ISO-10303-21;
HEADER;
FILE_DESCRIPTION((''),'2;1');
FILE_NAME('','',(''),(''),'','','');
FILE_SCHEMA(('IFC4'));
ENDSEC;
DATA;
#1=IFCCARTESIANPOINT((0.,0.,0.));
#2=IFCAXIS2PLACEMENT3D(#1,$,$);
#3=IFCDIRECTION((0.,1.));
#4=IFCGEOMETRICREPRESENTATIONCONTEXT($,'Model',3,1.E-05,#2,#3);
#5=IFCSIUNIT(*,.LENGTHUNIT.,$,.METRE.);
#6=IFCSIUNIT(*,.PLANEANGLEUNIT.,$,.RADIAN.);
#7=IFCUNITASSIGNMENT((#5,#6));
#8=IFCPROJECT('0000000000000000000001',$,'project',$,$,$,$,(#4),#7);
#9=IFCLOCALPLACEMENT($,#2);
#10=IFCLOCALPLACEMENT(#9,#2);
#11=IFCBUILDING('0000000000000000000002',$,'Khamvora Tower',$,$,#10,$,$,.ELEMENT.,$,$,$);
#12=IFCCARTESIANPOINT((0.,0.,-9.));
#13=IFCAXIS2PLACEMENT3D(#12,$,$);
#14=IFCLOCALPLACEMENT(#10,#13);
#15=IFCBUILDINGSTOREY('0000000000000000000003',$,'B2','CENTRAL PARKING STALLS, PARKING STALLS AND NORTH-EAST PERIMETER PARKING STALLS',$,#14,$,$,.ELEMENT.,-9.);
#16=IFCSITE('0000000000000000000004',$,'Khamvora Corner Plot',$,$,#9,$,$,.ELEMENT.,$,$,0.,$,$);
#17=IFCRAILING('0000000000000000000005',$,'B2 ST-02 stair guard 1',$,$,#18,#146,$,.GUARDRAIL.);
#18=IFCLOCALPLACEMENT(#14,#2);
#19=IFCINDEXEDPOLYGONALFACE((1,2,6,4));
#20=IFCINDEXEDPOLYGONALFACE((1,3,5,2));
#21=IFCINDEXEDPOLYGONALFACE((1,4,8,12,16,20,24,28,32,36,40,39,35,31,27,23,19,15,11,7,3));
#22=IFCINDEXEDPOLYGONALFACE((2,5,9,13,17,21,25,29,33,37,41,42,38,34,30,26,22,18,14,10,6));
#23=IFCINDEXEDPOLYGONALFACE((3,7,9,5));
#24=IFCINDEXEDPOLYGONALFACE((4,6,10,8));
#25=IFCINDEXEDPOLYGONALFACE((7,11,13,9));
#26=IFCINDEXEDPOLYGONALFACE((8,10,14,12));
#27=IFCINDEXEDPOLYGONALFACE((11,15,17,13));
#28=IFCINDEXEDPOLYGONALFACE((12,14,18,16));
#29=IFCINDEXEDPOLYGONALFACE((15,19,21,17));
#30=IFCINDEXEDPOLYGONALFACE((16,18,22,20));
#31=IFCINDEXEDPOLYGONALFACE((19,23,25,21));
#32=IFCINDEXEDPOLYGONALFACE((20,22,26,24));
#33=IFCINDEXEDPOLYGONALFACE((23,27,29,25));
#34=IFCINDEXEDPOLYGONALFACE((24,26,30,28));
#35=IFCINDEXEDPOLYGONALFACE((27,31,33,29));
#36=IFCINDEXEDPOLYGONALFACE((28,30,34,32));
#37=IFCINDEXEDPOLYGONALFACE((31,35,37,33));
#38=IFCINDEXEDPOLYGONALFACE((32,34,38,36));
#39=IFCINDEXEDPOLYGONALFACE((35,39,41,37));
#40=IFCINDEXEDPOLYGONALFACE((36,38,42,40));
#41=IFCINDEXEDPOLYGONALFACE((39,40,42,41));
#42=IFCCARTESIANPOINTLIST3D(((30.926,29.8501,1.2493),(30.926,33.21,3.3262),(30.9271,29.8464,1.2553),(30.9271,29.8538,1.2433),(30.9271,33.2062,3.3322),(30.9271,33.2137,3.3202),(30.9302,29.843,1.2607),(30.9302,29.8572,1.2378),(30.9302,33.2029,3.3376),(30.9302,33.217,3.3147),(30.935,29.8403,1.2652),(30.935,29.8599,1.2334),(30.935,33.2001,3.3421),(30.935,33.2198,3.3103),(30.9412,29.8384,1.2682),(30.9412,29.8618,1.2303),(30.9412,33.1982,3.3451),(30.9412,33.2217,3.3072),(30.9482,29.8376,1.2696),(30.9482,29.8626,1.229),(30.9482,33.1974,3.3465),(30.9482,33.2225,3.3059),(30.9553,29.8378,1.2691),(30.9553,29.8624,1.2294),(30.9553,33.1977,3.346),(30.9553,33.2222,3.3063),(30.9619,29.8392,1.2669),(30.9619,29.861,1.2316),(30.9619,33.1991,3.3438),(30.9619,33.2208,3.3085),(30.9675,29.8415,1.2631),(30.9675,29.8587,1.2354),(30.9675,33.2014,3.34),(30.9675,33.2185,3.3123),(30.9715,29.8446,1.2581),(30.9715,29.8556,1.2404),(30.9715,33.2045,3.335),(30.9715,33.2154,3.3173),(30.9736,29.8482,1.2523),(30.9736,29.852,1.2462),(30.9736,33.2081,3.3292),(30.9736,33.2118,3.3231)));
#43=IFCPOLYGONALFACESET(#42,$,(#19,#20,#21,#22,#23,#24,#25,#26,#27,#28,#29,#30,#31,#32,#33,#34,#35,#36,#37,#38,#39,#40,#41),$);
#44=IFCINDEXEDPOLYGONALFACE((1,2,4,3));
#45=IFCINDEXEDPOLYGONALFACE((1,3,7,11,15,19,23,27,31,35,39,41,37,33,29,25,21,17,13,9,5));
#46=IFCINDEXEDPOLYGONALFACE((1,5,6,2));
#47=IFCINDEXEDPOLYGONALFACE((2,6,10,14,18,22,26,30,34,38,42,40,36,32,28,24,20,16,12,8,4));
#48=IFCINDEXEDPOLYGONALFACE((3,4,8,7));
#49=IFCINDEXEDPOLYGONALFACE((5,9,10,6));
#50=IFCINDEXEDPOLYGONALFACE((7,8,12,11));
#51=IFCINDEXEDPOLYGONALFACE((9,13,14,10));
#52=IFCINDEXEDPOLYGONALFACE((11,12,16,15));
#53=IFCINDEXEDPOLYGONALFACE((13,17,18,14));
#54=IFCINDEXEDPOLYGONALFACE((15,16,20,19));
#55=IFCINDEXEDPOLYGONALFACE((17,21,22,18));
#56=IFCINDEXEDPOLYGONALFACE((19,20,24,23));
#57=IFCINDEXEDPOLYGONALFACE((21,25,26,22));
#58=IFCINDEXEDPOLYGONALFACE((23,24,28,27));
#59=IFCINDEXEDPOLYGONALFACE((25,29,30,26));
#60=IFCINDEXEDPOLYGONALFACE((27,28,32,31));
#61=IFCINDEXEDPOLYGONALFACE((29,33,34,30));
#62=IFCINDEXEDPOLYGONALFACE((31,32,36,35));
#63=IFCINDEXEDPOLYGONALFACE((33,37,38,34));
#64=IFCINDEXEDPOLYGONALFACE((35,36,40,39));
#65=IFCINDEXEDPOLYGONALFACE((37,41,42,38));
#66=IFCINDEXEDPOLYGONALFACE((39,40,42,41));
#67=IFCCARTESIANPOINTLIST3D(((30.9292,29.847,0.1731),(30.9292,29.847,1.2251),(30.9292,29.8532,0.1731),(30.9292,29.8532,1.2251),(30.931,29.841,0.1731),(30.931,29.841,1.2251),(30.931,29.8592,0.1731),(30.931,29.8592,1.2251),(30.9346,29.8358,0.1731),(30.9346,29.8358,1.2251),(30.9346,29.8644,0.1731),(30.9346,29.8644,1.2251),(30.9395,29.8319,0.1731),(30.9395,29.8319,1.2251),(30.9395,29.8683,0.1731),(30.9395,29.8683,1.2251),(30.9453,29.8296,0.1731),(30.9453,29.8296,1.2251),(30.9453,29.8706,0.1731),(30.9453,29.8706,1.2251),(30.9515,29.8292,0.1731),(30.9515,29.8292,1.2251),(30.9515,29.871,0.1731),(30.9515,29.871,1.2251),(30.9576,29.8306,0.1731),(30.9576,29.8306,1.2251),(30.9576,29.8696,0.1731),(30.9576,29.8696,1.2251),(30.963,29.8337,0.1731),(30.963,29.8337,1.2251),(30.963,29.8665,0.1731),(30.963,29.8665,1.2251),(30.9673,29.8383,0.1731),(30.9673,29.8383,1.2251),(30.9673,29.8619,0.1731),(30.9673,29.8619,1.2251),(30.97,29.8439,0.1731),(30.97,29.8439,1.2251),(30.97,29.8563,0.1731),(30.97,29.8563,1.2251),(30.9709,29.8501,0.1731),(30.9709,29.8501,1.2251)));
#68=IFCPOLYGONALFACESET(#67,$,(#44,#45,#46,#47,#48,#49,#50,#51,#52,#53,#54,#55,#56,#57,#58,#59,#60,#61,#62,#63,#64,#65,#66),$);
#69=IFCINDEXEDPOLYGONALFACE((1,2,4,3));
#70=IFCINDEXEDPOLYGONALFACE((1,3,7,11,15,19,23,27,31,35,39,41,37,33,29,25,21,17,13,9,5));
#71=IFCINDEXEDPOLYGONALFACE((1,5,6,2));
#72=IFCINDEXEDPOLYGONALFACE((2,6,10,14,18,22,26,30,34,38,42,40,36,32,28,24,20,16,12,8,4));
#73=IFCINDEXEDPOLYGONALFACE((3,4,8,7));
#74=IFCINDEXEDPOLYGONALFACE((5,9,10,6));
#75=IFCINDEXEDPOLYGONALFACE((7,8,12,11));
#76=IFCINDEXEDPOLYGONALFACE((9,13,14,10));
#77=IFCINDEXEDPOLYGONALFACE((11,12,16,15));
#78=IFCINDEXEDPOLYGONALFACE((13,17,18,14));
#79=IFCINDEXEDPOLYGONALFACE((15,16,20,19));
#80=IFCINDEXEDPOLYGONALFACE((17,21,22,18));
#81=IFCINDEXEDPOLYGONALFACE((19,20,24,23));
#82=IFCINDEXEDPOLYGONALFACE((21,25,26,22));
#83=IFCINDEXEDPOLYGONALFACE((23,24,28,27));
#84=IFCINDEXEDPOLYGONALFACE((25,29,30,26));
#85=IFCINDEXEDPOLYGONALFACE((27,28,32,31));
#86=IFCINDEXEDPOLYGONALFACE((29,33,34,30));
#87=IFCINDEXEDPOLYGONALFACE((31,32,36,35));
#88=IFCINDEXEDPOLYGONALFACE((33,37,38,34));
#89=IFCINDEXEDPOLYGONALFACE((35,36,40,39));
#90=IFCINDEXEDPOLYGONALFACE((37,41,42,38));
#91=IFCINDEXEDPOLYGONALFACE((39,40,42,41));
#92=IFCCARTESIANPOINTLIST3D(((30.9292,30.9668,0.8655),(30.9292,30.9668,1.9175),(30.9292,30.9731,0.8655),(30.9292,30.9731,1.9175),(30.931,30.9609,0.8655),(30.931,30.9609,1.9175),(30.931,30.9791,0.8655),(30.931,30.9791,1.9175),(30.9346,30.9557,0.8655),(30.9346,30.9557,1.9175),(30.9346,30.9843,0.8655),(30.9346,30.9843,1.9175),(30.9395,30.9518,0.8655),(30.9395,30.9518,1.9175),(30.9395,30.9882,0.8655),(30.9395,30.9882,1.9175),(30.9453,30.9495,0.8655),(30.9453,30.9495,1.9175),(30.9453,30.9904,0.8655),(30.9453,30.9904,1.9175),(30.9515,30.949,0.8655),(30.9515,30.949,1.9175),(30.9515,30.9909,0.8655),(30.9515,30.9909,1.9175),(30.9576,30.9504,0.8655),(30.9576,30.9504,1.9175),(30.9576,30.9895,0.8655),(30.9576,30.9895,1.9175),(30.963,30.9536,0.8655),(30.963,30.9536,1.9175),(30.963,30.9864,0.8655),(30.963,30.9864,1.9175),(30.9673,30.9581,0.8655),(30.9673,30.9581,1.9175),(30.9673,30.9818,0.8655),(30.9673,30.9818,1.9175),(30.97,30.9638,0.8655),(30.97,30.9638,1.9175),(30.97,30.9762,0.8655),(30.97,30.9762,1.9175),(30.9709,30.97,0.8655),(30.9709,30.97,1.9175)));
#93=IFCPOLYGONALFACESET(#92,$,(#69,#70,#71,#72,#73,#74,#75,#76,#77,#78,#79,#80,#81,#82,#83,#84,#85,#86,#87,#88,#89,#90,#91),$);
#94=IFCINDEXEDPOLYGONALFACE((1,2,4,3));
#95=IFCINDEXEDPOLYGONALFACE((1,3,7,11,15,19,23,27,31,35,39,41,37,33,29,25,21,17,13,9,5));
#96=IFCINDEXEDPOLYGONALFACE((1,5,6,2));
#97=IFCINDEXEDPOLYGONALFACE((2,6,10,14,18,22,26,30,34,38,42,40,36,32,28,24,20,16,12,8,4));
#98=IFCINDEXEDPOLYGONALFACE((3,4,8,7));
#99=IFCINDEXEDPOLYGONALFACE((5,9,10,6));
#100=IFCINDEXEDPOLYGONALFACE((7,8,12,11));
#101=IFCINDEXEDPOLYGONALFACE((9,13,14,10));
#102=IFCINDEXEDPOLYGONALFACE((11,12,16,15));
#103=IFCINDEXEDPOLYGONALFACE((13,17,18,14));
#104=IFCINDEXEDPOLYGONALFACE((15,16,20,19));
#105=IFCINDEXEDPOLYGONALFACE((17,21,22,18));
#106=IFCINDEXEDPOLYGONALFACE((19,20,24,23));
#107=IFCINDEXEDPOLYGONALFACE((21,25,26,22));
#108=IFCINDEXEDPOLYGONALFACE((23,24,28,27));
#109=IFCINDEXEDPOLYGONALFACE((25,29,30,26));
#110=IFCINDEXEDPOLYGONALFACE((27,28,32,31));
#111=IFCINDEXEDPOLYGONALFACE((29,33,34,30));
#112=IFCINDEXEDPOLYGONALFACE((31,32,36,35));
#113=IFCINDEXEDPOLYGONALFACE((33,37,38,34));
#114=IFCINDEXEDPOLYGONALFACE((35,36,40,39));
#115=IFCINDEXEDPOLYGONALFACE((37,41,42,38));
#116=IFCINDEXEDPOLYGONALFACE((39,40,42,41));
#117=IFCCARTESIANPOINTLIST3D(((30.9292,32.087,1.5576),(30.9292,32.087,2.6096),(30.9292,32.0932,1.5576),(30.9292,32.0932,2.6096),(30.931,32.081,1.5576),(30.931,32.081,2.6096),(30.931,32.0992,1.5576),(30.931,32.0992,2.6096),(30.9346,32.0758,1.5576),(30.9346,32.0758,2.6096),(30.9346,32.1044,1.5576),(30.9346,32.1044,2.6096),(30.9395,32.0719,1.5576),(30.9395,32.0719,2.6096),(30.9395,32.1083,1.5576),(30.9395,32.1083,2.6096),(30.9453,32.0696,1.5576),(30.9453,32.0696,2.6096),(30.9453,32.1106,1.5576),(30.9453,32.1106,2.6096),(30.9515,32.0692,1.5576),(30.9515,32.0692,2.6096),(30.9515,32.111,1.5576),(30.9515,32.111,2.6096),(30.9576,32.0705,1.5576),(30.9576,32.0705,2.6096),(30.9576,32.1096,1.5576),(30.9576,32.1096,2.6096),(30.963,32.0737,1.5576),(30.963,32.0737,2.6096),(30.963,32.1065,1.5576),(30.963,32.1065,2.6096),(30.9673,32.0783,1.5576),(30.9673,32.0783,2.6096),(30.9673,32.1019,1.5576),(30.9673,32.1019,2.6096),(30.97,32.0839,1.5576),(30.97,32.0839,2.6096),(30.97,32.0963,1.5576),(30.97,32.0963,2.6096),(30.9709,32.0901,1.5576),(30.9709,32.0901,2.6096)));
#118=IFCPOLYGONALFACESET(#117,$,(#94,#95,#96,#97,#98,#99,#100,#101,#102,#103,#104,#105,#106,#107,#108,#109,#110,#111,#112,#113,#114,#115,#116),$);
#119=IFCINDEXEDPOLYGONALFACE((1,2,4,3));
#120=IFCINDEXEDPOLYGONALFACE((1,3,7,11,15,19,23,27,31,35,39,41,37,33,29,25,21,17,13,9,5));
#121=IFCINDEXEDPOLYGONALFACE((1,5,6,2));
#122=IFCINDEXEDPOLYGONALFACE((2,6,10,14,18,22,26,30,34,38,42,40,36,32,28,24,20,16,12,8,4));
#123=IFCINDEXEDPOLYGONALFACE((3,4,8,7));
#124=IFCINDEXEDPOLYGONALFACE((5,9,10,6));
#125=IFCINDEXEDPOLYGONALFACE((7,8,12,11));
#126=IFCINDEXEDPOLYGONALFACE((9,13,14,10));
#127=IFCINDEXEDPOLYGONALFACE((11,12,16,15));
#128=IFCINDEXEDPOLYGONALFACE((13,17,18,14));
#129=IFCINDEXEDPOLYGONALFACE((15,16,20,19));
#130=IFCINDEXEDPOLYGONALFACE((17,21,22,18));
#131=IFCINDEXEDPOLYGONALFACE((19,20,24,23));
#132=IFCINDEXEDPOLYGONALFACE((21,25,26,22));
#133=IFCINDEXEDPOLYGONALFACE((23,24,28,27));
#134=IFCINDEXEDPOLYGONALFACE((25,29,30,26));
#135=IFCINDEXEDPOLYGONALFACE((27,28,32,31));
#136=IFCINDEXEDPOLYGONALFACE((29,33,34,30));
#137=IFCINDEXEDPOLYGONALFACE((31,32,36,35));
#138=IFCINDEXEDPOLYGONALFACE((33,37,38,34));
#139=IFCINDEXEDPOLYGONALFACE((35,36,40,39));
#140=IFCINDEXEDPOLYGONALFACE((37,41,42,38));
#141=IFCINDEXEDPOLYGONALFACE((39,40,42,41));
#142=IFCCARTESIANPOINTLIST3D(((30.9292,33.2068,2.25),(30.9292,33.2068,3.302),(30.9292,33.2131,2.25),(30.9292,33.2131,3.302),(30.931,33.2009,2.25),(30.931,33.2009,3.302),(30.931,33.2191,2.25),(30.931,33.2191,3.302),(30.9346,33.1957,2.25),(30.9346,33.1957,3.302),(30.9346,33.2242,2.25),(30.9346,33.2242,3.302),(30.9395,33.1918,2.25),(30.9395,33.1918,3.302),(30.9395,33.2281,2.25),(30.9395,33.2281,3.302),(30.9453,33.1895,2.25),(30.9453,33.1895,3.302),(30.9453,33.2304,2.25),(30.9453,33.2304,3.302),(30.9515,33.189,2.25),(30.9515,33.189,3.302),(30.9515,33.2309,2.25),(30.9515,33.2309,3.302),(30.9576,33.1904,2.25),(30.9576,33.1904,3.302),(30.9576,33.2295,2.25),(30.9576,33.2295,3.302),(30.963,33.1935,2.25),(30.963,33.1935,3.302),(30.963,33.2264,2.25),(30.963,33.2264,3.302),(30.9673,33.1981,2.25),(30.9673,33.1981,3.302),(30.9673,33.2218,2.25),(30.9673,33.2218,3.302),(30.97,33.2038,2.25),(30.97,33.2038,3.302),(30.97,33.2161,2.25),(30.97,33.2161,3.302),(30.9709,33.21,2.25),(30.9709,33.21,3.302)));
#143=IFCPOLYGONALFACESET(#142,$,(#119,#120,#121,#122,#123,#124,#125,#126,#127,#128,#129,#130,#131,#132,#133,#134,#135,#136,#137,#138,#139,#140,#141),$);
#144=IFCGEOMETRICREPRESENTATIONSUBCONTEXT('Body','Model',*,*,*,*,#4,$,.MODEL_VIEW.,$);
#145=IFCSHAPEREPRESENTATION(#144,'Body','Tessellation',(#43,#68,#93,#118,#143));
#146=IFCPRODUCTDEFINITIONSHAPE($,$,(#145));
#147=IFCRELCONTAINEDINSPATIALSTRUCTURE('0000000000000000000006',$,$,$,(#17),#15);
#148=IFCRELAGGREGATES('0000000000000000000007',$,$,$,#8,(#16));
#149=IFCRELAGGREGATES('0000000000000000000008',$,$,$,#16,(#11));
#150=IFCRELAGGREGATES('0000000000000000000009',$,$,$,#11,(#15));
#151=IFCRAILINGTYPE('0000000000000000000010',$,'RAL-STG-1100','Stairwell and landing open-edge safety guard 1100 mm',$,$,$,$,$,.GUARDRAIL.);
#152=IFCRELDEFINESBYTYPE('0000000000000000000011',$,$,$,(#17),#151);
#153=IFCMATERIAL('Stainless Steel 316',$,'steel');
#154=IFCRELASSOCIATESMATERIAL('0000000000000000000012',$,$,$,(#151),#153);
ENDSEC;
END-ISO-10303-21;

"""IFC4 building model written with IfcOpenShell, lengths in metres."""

from ifc_helpers import new_model, si_unit, direction, frame, origin, origin_2d, place, context, subcontext, project, spatial, circle, extrude, material, type_object, element, save


model = new_model("IFC4")

# Units and contexts
model_context = context("Model", 3, precision=1e-05, world=origin(), true_north=direction((0.0, 1.0)))
body_context = subcontext(model_context, "Body", "Model", "MODEL_VIEW")
ifc_project = project(units=[si_unit("LENGTHUNIT", "METRE"), si_unit("PLANEANGLEUNIT", "RADIAN")], contexts=[model_context])

# Site, building, storey
site_placement = place(None, origin())
site = spatial("IfcSite", under=ifc_project, at=site_placement, Name="Khamvora Corner Plot", CompositionType="ELEMENT", RefElevation=0.0)
building_placement = place(site_placement, origin())
building = spatial("IfcBuilding", under=site, at=building_placement, Name="Khamvora Tower", CompositionType="ELEMENT")
storey_placement = place(building_placement, frame((0.0, 0.0, -9.0)))
storey = spatial("IfcBuildingStorey", under=building, at=storey_placement, Name="B2", Description="CENTRAL PARKING STALLS, PARKING STALLS AND NORTH-EAST PERIMETER PARKING STALLS", CompositionType="ELEMENT", Elevation=-9.0)

# Railing
ifc_material_1 = material(Name="Stainless Steel 316", Category="steel")
railing_type_1 = type_object("IfcRailingType", Name="RAL-STG-1100", Description="Stairwell and landing open-edge safety guard 1100 mm", PredefinedType="GUARDRAIL", material=ifc_material_1)
railing_1_placement = place(storey_placement, frame((30.95, 29.8501, 0.1731)))
element("IfcRailing", 1, at=railing_1_placement, inside=storey, type_object=railing_type_1, Name="B2 ST-02 stair guard 1", PredefinedType="GUARDRAIL", context=body_context, shape_type="SweptSolid", body=[
    extrude(circle(Radius=0.0239, at=origin_2d()), frame((0.0, 0.0, 1.0762), z_axis=(0.0, 0.850606, 0.525803), x_axis=(-1.0, 0.0, 0.0)), (0.0, 0.0, 1.0), 3.95),
    extrude(circle(Radius=0.021, at=origin_2d()), origin(), (0.0, 0.0, 1.0), 1.052),
    extrude(circle(Radius=0.021, at=origin_2d()), frame((0.0, 1.1199, 0.6924)), (0.0, 0.0, 1.0), 1.052),
    extrude(circle(Radius=0.021, at=origin_2d()), frame((0.0, 2.24, 1.3845)), (0.0, 0.0, 1.0), 1.052),
    extrude(circle(Radius=0.021, at=origin_2d()), frame((0.0, 3.3599, 2.0769)), (0.0, 0.0, 1.0), 1.052),
])

save(model, "model.ifc")
